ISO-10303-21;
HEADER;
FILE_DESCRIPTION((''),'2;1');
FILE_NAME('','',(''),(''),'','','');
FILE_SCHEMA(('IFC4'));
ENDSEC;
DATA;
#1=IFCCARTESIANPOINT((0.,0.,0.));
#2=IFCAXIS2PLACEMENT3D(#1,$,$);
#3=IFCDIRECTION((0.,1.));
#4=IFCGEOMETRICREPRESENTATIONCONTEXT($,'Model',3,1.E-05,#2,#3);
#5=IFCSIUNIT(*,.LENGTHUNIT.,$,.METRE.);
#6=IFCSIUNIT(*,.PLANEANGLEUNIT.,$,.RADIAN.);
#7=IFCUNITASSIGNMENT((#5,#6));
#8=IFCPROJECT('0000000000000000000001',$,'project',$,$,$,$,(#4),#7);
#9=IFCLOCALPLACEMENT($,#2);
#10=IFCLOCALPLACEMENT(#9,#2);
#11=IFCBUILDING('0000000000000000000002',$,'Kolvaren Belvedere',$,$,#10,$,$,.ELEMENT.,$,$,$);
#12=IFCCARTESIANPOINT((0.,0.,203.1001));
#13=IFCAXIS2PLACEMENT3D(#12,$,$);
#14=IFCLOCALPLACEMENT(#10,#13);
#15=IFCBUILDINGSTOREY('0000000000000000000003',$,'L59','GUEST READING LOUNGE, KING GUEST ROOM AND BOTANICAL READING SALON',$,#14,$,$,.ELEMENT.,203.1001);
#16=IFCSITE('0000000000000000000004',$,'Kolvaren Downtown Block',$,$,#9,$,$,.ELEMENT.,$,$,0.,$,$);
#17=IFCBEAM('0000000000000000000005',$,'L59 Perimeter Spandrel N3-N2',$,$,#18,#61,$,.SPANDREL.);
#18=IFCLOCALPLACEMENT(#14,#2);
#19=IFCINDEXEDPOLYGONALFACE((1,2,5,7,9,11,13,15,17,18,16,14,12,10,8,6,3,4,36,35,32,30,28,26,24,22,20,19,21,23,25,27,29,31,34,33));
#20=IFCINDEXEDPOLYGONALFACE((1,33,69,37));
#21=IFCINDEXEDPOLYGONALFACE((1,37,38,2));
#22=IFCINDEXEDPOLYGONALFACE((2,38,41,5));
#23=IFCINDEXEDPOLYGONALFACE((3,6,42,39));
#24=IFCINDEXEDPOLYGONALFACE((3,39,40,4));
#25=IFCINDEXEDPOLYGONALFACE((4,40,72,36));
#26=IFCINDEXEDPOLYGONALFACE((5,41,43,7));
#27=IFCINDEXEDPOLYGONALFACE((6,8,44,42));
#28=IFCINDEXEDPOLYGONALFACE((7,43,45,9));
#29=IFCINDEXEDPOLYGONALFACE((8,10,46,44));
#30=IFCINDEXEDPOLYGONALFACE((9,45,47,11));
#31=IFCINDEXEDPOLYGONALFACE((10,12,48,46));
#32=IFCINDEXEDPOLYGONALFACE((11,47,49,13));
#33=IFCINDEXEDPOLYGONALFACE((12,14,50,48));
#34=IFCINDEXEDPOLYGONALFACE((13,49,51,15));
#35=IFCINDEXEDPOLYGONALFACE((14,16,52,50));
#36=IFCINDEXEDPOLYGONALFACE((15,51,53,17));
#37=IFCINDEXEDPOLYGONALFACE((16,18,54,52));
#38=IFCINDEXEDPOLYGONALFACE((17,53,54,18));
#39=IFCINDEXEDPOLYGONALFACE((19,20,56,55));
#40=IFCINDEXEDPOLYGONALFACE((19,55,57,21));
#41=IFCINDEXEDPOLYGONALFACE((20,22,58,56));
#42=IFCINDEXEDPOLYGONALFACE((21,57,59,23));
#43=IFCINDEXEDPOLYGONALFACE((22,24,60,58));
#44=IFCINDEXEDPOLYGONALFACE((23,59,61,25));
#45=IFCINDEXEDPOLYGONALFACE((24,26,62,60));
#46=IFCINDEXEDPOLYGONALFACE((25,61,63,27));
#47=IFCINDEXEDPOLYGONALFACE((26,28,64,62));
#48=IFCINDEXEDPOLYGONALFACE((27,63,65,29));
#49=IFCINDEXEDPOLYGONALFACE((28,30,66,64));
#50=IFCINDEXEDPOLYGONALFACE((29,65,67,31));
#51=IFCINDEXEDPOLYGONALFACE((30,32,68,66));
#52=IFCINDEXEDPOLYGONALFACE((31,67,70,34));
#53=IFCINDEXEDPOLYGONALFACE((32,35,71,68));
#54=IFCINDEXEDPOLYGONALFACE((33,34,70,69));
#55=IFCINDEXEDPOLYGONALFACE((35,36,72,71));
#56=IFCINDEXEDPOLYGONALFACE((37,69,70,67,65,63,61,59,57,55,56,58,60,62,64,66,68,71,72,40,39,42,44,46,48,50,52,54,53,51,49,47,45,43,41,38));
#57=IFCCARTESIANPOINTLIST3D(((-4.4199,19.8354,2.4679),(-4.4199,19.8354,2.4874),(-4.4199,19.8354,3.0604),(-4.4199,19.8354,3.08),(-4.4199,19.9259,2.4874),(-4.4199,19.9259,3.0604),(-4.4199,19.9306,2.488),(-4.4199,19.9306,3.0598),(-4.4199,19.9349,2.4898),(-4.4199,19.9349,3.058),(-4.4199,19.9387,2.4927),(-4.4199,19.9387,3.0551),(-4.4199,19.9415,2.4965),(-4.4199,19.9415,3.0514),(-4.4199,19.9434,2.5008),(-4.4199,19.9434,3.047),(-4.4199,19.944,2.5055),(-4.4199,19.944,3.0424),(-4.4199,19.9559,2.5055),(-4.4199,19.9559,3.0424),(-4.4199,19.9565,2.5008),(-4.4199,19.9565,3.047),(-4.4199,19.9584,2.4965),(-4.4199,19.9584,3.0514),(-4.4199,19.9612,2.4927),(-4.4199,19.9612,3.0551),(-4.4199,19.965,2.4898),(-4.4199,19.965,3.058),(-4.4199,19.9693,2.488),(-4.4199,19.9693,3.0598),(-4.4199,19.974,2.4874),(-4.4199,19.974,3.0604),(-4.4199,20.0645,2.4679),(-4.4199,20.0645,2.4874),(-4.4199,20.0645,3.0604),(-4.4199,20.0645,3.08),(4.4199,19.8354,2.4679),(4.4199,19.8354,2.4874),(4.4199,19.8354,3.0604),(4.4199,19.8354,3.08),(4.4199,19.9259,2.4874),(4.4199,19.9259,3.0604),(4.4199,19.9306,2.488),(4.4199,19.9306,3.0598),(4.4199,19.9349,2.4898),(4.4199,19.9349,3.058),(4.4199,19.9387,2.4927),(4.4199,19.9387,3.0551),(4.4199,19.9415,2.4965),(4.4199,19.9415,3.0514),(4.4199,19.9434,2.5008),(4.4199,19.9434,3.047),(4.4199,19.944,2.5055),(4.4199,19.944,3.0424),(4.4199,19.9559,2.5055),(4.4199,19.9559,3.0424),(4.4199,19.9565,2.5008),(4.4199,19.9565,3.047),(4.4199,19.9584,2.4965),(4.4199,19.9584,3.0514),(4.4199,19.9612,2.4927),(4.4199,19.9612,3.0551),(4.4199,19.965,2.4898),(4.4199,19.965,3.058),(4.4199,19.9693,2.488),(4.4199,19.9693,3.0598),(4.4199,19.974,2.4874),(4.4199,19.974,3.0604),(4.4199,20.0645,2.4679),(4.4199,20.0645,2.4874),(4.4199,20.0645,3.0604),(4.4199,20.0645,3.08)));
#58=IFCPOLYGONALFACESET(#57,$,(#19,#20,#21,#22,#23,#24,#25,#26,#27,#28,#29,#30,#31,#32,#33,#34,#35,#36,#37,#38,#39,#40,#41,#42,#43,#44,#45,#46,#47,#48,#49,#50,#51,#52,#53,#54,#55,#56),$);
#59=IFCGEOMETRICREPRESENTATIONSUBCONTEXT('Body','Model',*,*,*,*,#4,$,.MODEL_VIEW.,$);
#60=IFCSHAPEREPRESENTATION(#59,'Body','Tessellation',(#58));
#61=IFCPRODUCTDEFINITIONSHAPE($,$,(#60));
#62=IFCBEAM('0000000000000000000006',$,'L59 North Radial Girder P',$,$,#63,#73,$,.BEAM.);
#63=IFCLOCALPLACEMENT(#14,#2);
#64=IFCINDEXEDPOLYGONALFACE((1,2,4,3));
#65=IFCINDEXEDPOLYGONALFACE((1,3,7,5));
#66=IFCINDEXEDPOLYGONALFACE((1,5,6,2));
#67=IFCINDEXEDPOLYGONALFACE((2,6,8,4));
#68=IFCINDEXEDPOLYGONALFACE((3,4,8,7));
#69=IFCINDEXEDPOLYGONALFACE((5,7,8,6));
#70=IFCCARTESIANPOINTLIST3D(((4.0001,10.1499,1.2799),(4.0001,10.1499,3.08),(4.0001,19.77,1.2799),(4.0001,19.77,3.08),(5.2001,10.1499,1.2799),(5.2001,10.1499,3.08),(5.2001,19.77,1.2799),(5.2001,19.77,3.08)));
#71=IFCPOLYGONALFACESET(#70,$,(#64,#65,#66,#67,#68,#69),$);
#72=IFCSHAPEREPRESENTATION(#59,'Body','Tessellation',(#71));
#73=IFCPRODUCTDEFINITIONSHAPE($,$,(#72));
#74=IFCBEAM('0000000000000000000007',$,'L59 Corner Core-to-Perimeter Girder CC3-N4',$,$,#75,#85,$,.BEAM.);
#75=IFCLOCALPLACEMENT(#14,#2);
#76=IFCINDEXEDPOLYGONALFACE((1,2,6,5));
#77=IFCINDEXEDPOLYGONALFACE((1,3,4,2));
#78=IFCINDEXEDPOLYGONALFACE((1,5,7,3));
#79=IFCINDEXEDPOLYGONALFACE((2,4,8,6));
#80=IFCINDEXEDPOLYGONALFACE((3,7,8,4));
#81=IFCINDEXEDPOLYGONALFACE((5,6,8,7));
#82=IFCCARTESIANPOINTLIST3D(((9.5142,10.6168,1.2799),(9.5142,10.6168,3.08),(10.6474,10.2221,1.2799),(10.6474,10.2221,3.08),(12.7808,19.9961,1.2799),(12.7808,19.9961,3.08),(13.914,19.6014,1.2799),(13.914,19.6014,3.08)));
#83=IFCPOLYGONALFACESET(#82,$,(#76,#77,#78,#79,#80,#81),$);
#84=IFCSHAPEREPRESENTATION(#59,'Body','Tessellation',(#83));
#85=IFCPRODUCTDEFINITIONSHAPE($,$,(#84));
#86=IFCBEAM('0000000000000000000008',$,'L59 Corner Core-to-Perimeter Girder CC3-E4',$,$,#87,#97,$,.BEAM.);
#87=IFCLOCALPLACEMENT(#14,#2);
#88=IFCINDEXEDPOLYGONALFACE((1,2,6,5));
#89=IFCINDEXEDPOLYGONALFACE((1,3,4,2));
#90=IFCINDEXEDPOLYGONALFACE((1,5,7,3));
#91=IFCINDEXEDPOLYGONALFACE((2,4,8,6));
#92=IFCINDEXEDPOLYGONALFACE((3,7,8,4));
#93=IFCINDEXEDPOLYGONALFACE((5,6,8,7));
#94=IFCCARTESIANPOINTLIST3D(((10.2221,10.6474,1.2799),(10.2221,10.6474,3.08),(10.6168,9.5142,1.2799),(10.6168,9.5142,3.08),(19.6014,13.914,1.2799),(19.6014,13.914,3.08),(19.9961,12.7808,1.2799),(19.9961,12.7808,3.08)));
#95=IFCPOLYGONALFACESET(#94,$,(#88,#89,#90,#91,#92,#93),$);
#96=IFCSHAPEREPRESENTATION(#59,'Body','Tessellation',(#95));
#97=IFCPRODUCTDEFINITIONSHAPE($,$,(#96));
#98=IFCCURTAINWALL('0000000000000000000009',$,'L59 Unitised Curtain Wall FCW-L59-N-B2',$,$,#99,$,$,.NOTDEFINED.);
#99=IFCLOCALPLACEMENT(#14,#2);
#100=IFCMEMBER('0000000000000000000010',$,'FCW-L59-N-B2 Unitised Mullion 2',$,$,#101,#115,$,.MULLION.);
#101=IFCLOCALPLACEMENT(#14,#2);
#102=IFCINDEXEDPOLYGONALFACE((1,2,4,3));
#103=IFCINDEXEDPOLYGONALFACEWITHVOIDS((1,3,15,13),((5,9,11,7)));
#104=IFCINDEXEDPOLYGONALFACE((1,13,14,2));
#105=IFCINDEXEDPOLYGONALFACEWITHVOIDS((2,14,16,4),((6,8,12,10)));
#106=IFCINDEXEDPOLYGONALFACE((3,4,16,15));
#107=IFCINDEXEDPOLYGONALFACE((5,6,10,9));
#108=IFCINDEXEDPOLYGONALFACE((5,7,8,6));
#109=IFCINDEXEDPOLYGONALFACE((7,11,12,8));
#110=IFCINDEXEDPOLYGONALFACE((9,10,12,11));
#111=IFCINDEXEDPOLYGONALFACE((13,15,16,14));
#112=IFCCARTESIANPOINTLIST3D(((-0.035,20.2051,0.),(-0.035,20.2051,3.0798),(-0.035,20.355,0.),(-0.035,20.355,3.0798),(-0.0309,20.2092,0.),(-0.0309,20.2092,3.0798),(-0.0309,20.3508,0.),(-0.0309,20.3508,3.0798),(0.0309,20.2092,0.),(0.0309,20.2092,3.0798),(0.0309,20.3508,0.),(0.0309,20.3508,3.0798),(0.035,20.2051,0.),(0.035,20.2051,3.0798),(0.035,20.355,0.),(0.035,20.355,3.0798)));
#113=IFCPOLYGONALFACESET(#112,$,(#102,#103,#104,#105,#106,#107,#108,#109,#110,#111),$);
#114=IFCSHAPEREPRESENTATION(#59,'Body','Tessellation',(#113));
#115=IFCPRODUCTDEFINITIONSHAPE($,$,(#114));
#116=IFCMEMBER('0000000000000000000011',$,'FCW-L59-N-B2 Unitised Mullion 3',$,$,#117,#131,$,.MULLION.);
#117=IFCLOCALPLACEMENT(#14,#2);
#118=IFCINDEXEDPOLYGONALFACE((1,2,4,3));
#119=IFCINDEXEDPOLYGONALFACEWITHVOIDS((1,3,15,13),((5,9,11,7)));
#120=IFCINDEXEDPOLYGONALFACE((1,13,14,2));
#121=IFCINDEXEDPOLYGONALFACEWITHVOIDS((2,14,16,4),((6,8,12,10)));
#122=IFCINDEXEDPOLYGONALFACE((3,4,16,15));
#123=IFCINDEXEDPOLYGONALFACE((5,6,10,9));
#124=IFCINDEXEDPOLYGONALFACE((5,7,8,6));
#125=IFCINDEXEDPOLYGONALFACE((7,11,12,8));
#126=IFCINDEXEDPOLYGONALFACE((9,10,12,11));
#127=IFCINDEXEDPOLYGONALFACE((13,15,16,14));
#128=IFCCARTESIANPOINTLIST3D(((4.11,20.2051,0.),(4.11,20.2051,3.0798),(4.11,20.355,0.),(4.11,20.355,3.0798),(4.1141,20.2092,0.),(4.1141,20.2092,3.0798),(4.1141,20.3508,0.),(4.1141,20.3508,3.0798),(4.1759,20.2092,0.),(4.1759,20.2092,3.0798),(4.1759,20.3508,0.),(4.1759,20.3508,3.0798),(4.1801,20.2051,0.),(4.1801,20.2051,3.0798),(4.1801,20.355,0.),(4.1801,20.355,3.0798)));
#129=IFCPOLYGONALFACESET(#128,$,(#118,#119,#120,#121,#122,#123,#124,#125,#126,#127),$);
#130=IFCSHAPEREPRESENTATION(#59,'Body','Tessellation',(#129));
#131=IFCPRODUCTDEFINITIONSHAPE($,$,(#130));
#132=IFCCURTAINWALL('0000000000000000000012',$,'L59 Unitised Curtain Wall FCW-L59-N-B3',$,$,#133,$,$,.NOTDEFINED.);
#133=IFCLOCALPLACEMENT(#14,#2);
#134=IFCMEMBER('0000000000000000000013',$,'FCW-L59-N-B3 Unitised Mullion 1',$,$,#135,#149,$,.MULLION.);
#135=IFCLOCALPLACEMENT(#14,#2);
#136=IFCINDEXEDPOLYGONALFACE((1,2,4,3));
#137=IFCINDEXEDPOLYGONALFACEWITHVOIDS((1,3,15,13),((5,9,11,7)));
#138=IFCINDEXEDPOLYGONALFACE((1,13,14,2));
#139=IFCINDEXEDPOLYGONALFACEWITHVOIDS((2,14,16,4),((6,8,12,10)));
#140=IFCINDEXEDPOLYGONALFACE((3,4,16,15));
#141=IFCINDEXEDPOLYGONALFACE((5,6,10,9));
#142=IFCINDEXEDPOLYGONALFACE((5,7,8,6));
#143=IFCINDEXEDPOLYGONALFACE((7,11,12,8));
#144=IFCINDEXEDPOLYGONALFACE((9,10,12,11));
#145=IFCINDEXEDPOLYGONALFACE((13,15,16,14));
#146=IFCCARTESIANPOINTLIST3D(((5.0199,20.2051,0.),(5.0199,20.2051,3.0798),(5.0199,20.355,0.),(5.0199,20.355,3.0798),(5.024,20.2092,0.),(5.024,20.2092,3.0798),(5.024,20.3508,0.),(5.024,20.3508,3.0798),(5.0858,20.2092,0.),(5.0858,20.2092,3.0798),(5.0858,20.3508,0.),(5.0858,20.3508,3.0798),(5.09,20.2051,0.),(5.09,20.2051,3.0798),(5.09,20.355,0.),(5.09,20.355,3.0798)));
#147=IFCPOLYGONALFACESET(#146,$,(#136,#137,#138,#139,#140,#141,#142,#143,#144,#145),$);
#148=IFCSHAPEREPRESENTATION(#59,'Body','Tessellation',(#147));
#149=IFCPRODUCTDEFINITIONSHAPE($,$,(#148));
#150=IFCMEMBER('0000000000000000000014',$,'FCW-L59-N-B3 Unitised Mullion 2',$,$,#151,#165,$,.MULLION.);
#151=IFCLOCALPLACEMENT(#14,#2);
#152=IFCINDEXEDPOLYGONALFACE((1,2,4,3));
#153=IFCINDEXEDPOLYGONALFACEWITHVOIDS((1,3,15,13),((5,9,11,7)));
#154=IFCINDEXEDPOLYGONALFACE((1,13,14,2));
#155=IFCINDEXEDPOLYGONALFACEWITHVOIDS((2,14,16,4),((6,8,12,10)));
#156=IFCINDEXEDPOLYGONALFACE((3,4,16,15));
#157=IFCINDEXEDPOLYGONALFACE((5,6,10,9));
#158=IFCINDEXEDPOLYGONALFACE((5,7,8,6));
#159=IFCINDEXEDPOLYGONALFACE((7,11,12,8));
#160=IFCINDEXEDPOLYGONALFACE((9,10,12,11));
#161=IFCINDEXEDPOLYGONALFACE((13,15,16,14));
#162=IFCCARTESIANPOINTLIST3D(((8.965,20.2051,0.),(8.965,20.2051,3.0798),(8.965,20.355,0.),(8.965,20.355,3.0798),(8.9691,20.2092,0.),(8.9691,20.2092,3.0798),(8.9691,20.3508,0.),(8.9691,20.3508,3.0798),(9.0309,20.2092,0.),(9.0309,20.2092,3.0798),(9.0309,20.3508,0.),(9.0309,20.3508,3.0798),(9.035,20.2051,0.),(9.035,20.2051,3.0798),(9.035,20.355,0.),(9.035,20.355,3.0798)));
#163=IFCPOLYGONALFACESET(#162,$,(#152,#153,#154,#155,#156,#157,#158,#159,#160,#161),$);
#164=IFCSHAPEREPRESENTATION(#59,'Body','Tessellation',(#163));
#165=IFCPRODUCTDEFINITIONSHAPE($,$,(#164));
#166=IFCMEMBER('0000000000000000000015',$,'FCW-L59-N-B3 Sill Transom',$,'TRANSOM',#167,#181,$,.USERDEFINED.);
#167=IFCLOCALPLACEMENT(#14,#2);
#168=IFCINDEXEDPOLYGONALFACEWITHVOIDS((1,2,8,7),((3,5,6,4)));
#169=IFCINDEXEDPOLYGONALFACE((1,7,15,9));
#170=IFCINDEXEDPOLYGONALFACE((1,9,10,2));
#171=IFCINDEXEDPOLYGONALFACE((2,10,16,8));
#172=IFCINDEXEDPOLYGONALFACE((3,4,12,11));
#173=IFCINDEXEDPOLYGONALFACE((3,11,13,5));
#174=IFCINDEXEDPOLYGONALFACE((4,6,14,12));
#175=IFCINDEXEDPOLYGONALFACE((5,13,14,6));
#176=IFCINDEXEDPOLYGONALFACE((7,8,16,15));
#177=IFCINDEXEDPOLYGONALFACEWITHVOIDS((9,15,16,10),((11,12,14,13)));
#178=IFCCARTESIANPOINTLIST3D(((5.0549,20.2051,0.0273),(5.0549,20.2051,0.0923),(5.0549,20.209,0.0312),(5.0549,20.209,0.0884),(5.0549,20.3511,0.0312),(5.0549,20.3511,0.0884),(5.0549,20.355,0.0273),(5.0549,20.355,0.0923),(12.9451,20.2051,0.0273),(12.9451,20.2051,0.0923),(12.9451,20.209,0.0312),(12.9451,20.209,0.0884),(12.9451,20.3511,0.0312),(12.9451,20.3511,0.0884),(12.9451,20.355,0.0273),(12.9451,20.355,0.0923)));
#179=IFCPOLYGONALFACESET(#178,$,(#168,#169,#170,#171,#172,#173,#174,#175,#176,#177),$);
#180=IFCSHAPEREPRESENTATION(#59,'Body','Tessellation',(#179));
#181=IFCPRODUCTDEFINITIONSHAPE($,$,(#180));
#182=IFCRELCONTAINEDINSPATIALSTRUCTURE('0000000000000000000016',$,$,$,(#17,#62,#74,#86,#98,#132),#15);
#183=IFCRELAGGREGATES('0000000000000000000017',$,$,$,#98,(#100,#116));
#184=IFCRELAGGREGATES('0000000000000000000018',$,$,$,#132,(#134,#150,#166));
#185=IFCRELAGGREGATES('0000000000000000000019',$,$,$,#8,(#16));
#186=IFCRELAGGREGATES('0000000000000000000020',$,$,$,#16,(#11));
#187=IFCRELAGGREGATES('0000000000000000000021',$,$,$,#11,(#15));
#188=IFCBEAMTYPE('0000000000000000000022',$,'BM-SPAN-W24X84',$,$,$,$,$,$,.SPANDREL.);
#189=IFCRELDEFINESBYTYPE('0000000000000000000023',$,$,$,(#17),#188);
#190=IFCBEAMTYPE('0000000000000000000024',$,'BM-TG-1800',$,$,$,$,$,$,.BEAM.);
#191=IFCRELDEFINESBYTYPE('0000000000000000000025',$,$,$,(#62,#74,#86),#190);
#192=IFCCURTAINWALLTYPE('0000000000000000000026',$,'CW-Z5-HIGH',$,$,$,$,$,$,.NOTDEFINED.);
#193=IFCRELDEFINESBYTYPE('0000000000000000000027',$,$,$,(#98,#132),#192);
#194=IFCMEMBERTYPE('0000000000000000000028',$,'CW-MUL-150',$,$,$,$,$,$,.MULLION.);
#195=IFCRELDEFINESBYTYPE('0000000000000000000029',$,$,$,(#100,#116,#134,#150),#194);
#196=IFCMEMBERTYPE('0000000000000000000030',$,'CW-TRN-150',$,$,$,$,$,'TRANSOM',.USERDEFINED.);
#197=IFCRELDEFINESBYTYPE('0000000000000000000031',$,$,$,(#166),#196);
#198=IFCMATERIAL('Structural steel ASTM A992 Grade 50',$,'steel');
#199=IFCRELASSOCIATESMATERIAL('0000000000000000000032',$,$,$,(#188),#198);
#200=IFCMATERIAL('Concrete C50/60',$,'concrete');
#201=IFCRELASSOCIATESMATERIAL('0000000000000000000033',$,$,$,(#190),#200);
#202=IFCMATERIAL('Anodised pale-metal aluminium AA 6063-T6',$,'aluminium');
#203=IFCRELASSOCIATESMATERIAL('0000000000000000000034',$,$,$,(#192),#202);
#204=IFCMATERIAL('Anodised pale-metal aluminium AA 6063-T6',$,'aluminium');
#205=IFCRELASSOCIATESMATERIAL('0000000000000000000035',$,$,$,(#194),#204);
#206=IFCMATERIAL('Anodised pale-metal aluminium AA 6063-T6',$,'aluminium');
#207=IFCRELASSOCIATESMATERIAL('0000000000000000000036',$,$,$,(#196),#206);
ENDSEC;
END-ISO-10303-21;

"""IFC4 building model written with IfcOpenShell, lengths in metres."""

from ifc_helpers import new_model, si_unit, direction, frame, origin, origin_2d, place, context, subcontext, project, spatial, rectangle, hollow_rectangle, i_section, extrude, material, material_profile, profile_set, type_object, element, aggregate, save


model = new_model("IFC4")

# Units and contexts
model_context = context("Model", 3, precision=1e-05, world=origin(), true_north=direction((0.0, 1.0)))
body_context = subcontext(model_context, "Body", "Model", "MODEL_VIEW")
ifc_project = project(units=[si_unit("LENGTHUNIT", "METRE"), si_unit("PLANEANGLEUNIT", "RADIAN")], contexts=[model_context])

# Site, building, storey
site_placement = place(None, origin())
site = spatial("IfcSite", under=ifc_project, at=site_placement, Name="Kolvaren Downtown Block", CompositionType="ELEMENT", RefElevation=0.0)
building_placement = place(site_placement, origin())
building = spatial("IfcBuilding", under=site, at=building_placement, Name="Kolvaren Belvedere", CompositionType="ELEMENT")
storey_placement = place(building_placement, frame((0.0, 0.0, 203.1001)))
storey = spatial("IfcBuildingStorey", under=building, at=storey_placement, Name="L59", Description="GUEST READING LOUNGE, KING GUEST ROOM AND BOTANICAL READING SALON", CompositionType="ELEMENT", Elevation=203.1001)

# Beams
ifc_material_1 = material(Name="Structural steel ASTM A992 Grade 50", Category="steel")
ifc_material_profile_1 = material_profile(ifc_material_1, i_section(OverallWidth=0.229, OverallDepth=0.6121, WebThickness=0.012, FlangeThickness=0.0195, FilletRadius=0.0181, at=origin_2d()), Name="W24X84")
ifc_profile_set_1 = profile_set([ifc_material_profile_1], Name="Structural steel ASTM A992 Grade 50")
beam_type_1 = type_object("IfcBeamType", Name="BM-SPAN-W24X84", PredefinedType="SPANDREL", material=ifc_profile_set_1)
beam_1_placement = place(storey_placement, frame((4.4199, 19.95, 2.7739), z_axis=(-1.0, 0.0, 0.0), x_axis=(0.0, -1.0, 0.0)))
element("IfcBeam", 1, at=beam_1_placement, inside=storey, type_object=beam_type_1, Name="L59 Perimeter Spandrel N3-N2", PredefinedType="SPANDREL", context=body_context, shape_type="SweptSolid", body=[
    extrude(i_section(OverallWidth=0.229, OverallDepth=0.6121, WebThickness=0.012, FlangeThickness=0.0195, FilletRadius=0.0181, at=origin_2d()), origin(), (0.0, 0.0, 1.0), 8.8398),
])
ifc_material_2 = material(Name="Concrete C50/60", Category="concrete")
ifc_material_profile_2 = material_profile(ifc_material_2, rectangle(XDim=1.2, YDim=1.8, at=origin_2d()), Name="RC 1200X1800")
ifc_profile_set_2 = profile_set([ifc_material_profile_2], Name="Concrete C50/60")
beam_type_2 = type_object("IfcBeamType", Name="BM-TG-1800", PredefinedType="BEAM", material=ifc_profile_set_2)
beam_2_placement = place(storey_placement, frame((4.6001, 10.1499, 2.1799), z_axis=(0.0, 1.0, 0.0), x_axis=(-1.0, 0.0, 0.0)))
element("IfcBeam", 2, at=beam_2_placement, inside=storey, type_object=beam_type_2, Name="L59 North Radial Girder P", PredefinedType="BEAM", context=body_context, shape_type="SweptSolid", body=[
    extrude(rectangle(XDim=1.2, YDim=1.8, at=origin_2d()), origin(), (0.0, 0.0, 1.0), 9.6201),
])
for number, where, z_axis, x_axis, name in (
    (3, (10.0808, 10.4194, 2.1799), (0.328898, 0.944365, 0.0), (-0.944365, 0.328898, 0.0), "L59 Corner Core-to-Perimeter Girder CC3-N4"),
    (4, (10.4194, 10.0808, 2.1799), (0.944365, 0.328898, 0.0), (-0.328898, 0.944365, 0.0), "L59 Corner Core-to-Perimeter Girder CC3-E4"),
):
    element("IfcBeam", number, at=place(storey_placement, frame(where, z_axis=z_axis, x_axis=x_axis)), inside=storey, type_object=beam_type_2, Name=name, PredefinedType="BEAM", context=body_context, shape_type="SweptSolid", body=[
        extrude(rectangle(XDim=1.2, YDim=1.8, at=origin_2d()), origin(), (0.0, 0.0, 1.0), 9.9319),
    ])

# Curtain walls, members
ifc_material_3 = material(Name="Anodised pale-metal aluminium AA 6063-T6", Category="aluminium")
curtain_wall_type = type_object("IfcCurtainWallType", Name="CW-Z5-HIGH", PredefinedType="NOTDEFINED", material=ifc_material_3)
curtain_wall_1_placement = place(storey_placement, origin())
curtain_wall_1 = element("IfcCurtainWall", 5, at=curtain_wall_1_placement, inside=storey, type_object=curtain_wall_type, Name="L59 Unitised Curtain Wall FCW-L59-N-B2", PredefinedType="NOTDEFINED")
ifc_material_4 = material(Name="Anodised pale-metal aluminium AA 6063-T6", Category="aluminium")
ifc_material_profile_3 = material_profile(ifc_material_4, hollow_rectangle(XDim=0.0701, YDim=0.1499, WallThickness=0.0042, at=origin_2d()), Name="ALU-MUL-150X70")
ifc_profile_set_3 = profile_set([ifc_material_profile_3], Name="Anodised pale-metal aluminium AA 6063-T6")
member_type_1 = type_object("IfcMemberType", Name="CW-MUL-150", PredefinedType="MULLION", material=ifc_profile_set_3)
member_1_placement = place(storey_placement, frame((0.0, 20.28, 0.0), z_axis=(0.0, 0.0, 1.0), x_axis=(1.0, 0.0, 0.0)))
member_1 = element("IfcMember", 6, at=member_1_placement, type_object=member_type_1, Name="FCW-L59-N-B2 Unitised Mullion 2", PredefinedType="MULLION", context=body_context, shape_type="SweptSolid", body=[
    extrude(hollow_rectangle(XDim=0.0701, YDim=0.1499, WallThickness=0.0042, at=origin_2d()), origin(), (0.0, 0.0, 1.0), 3.0798),
])
member_2_placement = place(storey_placement, frame((4.145, 20.28, 0.0), z_axis=(0.0, 0.0, 1.0), x_axis=(1.0, 0.0, 0.0)))
member_2 = element("IfcMember", 7, at=member_2_placement, type_object=member_type_1, Name="FCW-L59-N-B2 Unitised Mullion 3", PredefinedType="MULLION", context=body_context, shape_type="SweptSolid", body=[
    extrude(hollow_rectangle(XDim=0.0701, YDim=0.1499, WallThickness=0.0042, at=origin_2d()), origin(), (0.0, 0.0, 1.0), 3.0798),
])
curtain_wall_2_placement = place(storey_placement, origin())
curtain_wall_2 = element("IfcCurtainWall", 8, at=curtain_wall_2_placement, inside=storey, type_object=curtain_wall_type, Name="L59 Unitised Curtain Wall FCW-L59-N-B3", PredefinedType="NOTDEFINED")
member_3_placement = place(storey_placement, frame((5.0549, 20.28, 0.0), z_axis=(0.0, 0.0, 1.0), x_axis=(1.0, 0.0, 0.0)))
member_3 = element("IfcMember", 9, at=member_3_placement, type_object=member_type_1, Name="FCW-L59-N-B3 Unitised Mullion 1", PredefinedType="MULLION", context=body_context, shape_type="SweptSolid", body=[
    extrude(hollow_rectangle(XDim=0.0701, YDim=0.1499, WallThickness=0.0042, at=origin_2d()), origin(), (0.0, 0.0, 1.0), 3.0798),
])
member_4_placement = place(storey_placement, frame((9.0, 20.28, 0.0), z_axis=(0.0, 0.0, 1.0), x_axis=(1.0, 0.0, 0.0)))
member_4 = element("IfcMember", 10, at=member_4_placement, type_object=member_type_1, Name="FCW-L59-N-B3 Unitised Mullion 2", PredefinedType="MULLION", context=body_context, shape_type="SweptSolid", body=[
    extrude(hollow_rectangle(XDim=0.0701, YDim=0.1499, WallThickness=0.0042, at=origin_2d()), origin(), (0.0, 0.0, 1.0), 3.0798),
])
ifc_material_5 = material(Name="Anodised pale-metal aluminium AA 6063-T6", Category="aluminium")
ifc_material_profile_4 = material_profile(ifc_material_5, hollow_rectangle(XDim=0.0649, YDim=0.1499, WallThickness=0.0039, at=origin_2d()), Name="ALU-TRN-150X65")
ifc_profile_set_4 = profile_set([ifc_material_profile_4], Name="Anodised pale-metal aluminium AA 6063-T6")
member_type_2 = type_object("IfcMemberType", Name="CW-TRN-150", ElementType="TRANSOM", PredefinedType="USERDEFINED", material=ifc_profile_set_4)
member_5_placement = place(storey_placement, frame((5.0549, 20.28, 0.0598), z_axis=(1.0, 0.0, 0.0), x_axis=(0.0, 0.0, 1.0)))
member_5 = element("IfcMember", 11, at=member_5_placement, type_object=member_type_2, Name="FCW-L59-N-B3 Sill Transom", ObjectType="TRANSOM", PredefinedType="USERDEFINED", context=body_context, shape_type="SweptSolid", body=[
    extrude(hollow_rectangle(XDim=0.0649, YDim=0.1499, WallThickness=0.0039, at=origin_2d()), origin(), (0.0, 0.0, 1.0), 7.8901),
])

aggregate(curtain_wall_1, [member_1, member_2])
aggregate(curtain_wall_2, [member_3, member_4, member_5])

save(model, "model.ifc")
